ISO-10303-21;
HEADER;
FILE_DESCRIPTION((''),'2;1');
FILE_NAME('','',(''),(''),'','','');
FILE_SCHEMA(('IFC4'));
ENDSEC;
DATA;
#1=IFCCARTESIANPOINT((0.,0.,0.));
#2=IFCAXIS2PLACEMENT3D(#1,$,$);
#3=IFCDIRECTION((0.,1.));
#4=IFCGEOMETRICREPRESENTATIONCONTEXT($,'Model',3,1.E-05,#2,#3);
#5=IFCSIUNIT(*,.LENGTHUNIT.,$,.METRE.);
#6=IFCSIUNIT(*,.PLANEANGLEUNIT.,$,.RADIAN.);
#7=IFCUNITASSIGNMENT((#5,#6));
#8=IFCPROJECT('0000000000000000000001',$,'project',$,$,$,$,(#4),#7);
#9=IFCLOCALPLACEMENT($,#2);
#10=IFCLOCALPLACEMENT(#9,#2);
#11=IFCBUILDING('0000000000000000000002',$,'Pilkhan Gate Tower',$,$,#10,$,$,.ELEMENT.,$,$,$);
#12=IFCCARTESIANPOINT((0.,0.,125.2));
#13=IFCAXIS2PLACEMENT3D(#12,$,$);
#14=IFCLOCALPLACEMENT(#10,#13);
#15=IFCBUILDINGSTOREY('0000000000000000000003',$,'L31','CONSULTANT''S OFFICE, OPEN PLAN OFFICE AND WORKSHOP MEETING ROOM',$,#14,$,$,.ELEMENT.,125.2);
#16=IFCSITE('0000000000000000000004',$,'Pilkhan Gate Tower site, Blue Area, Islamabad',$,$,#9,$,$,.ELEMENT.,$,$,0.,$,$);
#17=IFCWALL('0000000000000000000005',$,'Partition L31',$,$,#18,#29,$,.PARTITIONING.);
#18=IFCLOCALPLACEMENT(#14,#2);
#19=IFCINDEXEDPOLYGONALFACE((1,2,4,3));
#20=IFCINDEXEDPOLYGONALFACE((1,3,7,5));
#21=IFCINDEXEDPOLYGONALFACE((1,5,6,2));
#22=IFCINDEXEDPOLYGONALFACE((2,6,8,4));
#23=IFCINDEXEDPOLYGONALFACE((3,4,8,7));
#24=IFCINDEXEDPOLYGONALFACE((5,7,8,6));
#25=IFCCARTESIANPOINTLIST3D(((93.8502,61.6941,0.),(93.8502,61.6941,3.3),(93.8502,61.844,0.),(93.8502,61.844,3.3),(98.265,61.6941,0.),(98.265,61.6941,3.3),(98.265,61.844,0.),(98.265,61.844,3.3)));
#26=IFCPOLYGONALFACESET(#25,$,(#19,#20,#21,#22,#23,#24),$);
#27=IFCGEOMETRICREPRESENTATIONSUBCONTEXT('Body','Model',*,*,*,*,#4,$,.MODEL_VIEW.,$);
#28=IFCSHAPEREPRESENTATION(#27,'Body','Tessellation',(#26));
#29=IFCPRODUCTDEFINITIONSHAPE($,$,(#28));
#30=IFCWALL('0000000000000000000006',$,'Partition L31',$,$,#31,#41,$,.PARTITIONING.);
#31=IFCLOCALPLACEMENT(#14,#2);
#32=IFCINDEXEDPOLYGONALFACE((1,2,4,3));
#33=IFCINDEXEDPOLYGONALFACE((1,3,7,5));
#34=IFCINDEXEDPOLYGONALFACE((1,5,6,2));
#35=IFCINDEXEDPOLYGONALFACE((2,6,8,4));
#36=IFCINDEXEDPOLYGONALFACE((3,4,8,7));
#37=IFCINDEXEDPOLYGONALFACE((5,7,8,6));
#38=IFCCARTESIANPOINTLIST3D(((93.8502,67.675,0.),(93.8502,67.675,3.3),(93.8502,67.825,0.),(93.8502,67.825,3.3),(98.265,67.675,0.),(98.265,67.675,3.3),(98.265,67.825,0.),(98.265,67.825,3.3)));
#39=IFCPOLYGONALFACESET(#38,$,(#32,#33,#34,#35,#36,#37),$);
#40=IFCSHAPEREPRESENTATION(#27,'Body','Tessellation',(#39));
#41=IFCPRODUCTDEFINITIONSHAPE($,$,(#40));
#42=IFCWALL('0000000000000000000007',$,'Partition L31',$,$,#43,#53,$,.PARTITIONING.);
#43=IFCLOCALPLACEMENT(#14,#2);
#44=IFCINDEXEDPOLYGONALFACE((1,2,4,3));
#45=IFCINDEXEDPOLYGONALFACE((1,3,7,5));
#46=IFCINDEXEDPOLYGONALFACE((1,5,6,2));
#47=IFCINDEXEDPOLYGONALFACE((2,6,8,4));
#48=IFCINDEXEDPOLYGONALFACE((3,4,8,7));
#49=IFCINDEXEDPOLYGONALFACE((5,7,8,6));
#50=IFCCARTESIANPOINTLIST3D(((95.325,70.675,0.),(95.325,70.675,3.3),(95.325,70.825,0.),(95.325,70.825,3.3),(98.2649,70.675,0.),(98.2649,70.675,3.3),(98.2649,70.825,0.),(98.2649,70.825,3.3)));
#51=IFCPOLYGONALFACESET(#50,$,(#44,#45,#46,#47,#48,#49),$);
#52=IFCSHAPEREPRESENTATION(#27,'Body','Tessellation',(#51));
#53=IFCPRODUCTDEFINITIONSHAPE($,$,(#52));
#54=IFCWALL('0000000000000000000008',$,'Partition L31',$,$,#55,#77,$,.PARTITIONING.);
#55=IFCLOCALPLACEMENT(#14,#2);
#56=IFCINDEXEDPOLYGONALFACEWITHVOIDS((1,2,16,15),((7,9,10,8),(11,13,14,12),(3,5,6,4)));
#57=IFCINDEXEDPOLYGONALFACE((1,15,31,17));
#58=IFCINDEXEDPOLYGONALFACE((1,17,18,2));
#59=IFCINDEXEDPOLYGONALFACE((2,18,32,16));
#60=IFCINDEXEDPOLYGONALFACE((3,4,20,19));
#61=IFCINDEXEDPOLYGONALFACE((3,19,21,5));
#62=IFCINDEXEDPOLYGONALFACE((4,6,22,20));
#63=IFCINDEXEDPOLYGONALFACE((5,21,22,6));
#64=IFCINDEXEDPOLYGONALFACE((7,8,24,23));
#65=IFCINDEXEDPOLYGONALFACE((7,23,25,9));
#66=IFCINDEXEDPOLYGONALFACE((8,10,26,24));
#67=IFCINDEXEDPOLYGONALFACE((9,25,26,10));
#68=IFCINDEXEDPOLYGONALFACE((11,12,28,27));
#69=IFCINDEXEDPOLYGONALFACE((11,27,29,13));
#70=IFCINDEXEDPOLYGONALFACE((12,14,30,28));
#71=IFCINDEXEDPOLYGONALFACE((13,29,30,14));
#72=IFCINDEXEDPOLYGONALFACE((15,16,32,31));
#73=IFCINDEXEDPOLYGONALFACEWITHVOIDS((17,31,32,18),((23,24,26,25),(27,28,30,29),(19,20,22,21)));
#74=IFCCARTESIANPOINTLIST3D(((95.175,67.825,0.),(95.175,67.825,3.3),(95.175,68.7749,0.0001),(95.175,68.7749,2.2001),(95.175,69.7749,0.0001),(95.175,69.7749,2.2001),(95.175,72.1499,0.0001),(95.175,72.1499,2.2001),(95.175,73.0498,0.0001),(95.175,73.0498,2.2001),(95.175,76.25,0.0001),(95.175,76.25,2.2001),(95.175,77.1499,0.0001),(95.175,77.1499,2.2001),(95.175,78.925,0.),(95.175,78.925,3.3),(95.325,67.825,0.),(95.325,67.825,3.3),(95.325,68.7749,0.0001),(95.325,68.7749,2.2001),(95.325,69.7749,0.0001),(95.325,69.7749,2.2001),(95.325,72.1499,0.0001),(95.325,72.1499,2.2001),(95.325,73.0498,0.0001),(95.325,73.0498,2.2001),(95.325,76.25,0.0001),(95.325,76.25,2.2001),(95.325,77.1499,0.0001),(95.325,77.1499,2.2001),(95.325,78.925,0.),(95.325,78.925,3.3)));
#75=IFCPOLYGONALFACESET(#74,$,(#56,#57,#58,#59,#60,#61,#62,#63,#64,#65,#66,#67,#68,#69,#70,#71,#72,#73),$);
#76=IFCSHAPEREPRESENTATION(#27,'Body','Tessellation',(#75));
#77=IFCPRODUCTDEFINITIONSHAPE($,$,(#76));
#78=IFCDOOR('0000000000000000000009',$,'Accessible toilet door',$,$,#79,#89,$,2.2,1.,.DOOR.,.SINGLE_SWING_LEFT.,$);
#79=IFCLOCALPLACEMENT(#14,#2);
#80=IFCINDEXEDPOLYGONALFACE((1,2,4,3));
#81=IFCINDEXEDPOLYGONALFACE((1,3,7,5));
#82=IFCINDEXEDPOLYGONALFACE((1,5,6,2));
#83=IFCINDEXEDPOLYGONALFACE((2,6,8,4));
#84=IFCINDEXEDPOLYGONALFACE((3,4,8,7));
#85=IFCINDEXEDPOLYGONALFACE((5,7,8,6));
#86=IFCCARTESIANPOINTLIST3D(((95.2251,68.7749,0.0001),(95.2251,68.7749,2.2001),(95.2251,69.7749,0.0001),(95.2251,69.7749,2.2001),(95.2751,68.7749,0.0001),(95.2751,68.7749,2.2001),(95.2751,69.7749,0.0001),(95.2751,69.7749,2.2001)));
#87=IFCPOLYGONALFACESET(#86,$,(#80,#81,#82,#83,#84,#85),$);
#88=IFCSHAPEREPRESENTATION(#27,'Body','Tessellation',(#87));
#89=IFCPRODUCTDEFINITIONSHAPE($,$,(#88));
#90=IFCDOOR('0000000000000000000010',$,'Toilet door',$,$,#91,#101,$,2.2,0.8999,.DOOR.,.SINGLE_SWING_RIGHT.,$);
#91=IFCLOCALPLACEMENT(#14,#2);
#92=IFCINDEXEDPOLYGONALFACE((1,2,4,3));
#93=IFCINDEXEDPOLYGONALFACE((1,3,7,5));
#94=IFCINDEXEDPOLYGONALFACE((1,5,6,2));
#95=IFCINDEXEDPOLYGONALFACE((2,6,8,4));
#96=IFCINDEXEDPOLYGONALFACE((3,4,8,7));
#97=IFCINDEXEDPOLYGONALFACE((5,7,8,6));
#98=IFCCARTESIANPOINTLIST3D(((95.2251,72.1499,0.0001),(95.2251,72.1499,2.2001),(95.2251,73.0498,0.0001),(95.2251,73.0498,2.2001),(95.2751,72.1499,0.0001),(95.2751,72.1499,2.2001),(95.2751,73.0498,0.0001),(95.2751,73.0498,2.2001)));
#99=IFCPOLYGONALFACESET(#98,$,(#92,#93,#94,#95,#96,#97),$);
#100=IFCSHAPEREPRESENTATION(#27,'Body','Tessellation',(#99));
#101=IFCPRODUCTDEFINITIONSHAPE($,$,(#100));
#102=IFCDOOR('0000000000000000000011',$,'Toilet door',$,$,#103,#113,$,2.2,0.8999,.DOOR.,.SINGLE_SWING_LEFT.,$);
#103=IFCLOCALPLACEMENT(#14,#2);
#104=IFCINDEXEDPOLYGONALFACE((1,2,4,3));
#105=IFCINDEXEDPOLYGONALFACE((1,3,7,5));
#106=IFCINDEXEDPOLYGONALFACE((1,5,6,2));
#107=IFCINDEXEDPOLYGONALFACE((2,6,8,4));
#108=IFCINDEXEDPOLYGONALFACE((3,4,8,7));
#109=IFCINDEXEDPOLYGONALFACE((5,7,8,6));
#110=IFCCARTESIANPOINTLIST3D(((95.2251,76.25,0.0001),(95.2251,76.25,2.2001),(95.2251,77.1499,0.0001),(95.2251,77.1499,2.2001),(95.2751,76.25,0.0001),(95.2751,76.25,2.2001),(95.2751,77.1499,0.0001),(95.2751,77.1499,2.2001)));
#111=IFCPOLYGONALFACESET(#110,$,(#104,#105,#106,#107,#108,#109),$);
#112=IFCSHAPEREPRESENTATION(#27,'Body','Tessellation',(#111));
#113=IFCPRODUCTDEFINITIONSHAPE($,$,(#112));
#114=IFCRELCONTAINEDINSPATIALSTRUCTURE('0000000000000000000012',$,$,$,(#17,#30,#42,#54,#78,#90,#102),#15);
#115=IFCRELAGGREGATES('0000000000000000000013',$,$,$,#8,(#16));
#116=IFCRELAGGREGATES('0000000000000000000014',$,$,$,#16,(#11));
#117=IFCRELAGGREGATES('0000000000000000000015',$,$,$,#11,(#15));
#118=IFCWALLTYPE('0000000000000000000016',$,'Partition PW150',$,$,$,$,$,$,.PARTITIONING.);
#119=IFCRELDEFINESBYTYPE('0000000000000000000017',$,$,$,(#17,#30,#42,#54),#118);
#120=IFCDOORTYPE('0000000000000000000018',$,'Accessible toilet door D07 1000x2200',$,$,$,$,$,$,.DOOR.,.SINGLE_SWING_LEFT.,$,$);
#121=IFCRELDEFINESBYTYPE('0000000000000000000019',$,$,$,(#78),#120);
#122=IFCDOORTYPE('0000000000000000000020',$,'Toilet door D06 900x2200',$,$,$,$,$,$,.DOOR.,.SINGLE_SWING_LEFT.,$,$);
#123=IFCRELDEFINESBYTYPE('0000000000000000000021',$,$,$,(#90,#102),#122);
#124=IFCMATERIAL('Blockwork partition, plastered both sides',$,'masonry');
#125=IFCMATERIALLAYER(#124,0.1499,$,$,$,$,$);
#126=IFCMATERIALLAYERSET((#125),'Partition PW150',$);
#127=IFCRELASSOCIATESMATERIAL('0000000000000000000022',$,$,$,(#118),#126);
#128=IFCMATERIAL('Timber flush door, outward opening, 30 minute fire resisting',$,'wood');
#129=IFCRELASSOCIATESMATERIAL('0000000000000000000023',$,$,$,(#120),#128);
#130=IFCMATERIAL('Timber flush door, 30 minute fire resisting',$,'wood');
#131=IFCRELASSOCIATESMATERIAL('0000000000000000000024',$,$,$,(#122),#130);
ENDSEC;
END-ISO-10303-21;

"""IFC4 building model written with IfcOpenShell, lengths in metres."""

from ifc_helpers import new_model, si_unit, direction, frame, frame_2d, origin, place, context, subcontext, project, spatial, rectangle, extrude, material, layer, layer_set, type_object, element, fill, save


model = new_model("IFC4")

# Units and contexts
model_context = context("Model", 3, precision=1e-05, world=origin(), true_north=direction((0.0, 1.0)))
body_context = subcontext(model_context, "Body", "Model", "MODEL_VIEW")
ifc_project = project(units=[si_unit("LENGTHUNIT", "METRE"), si_unit("PLANEANGLEUNIT", "RADIAN")], contexts=[model_context])

# Site, building, storey
site_placement = place(None, origin())
site = spatial("IfcSite", under=ifc_project, at=site_placement, Name="Pilkhan Gate Tower site, Blue Area, Islamabad", CompositionType="ELEMENT", RefElevation=0.0)
building_placement = place(site_placement, origin())
building = spatial("IfcBuilding", under=site, at=building_placement, Name="Pilkhan Gate Tower", CompositionType="ELEMENT")
storey_placement = place(building_placement, frame((0.0, 0.0, 125.2)))
storey = spatial("IfcBuildingStorey", under=building, at=storey_placement, Name="L31", Description="CONSULTANT'S OFFICE, OPEN PLAN OFFICE AND WORKSHOP MEETING ROOM", CompositionType="ELEMENT", Elevation=125.2)

# Walls
ifc_material_1 = material(Name="Blockwork partition, plastered both sides", Category="masonry")
ifc_layer_1 = layer(ifc_material_1, 0.1499)
ifc_layer_set_1 = layer_set([ifc_layer_1], Name="Partition PW150")
wall_type = type_object("IfcWallType", Name="Partition PW150", PredefinedType="PARTITIONING", material=ifc_layer_set_1)
for number, where, z_axis, x_axis, name in (
    (1, (93.8501, 61.769, 0.0), (0.0, 0.0, 1.0), (1.0, 0.0, 0.0), "Partition L31"),
    (2, (93.8501, 67.75, 0.0), (0.0, 0.0, 1.0), (1.0, 0.0, 0.0), "Partition L31"),
):
    element("IfcWall", number, at=place(storey_placement, frame(where, z_axis=z_axis, x_axis=x_axis)), inside=storey, type_object=wall_type, Name=name, PredefinedType="PARTITIONING", context=body_context, shape_type="SweptSolid", body=[
        extrude(rectangle(XDim=4.4148, YDim=0.1499, at=frame_2d((2.2075, 0.0))), origin(), (0.0, 0.0, 1.0), 3.3),
    ])
wall_1_placement = place(storey_placement, frame((95.325, 70.75, 0.0), z_axis=(0.0, 0.0, 1.0), x_axis=(1.0, 0.0, 0.0)))
element("IfcWall", 3, at=wall_1_placement, inside=storey, type_object=wall_type, Name="Partition L31", PredefinedType="PARTITIONING", context=body_context, shape_type="SweptSolid", body=[
    extrude(rectangle(XDim=2.9399, YDim=0.1499, at=frame_2d((1.47, 0.0))), origin(), (0.0, 0.0, 1.0), 3.3),
])

# Wall, openings, doors
wall_2_placement = place(storey_placement, frame((95.25, 67.825, 0.0), z_axis=(0.0, 0.0, 1.0), x_axis=(0.0, 1.0, 0.0)))
wall_2 = element("IfcWall", 4, at=wall_2_placement, inside=storey, type_object=wall_type, Name="Partition L31", PredefinedType="PARTITIONING", context=body_context, shape_type="SweptSolid", body=[
    extrude(rectangle(XDim=11.1001, YDim=0.1499, at=frame_2d((5.55, 0.0))), origin(), (0.0, 0.0, 1.0), 3.3),
])
opening_1_placement = place(wall_2_placement, frame((0.95, 0.0, 0.0)))
opening_1 = element("IfcOpeningElement", 5, at=opening_1_placement, cuts=wall_2, PredefinedType="OPENING", context=body_context, shape_type="SweptSolid", body=[
    extrude(rectangle(XDim=1.0, YDim=2.2, at=frame_2d((0.5, 1.1001))), frame((0.0, 0.085, 0.0), z_axis=(0.0, -1.0, 0.0), x_axis=(1.0, 0.0, 0.0)), (0.0, 0.0, 1.0), 0.1699),
])
opening_2_placement = place(wall_2_placement, frame((4.325, 0.0, 0.0)))
opening_2 = element("IfcOpeningElement", 6, at=opening_2_placement, cuts=wall_2, PredefinedType="OPENING", context=body_context, shape_type="SweptSolid", body=[
    extrude(rectangle(XDim=0.8999, YDim=2.2, at=frame_2d((0.45, 1.1001))), frame((0.0, 0.085, 0.0), z_axis=(0.0, -1.0, 0.0), x_axis=(1.0, 0.0, 0.0)), (0.0, 0.0, 1.0), 0.1699),
])
opening_3_placement = place(wall_2_placement, frame((8.425, 0.0, 0.0)))
opening_3 = element("IfcOpeningElement", 7, at=opening_3_placement, cuts=wall_2, PredefinedType="OPENING", context=body_context, shape_type="SweptSolid", body=[
    extrude(rectangle(XDim=0.8999, YDim=2.2, at=frame_2d((0.45, 1.1001))), frame((0.0, 0.085, 0.0), z_axis=(0.0, -1.0, 0.0), x_axis=(1.0, 0.0, 0.0)), (0.0, 0.0, 1.0), 0.1699),
])
ifc_material_2 = material(Name="Timber flush door, outward opening, 30 minute fire resisting", Category="wood")
door_type_1 = type_object("IfcDoorType", Name="Accessible toilet door D07 1000x2200", OperationType="SINGLE_SWING_LEFT", PredefinedType="DOOR", material=ifc_material_2)
door_1_placement = place(opening_1_placement, origin())
door_1 = element("IfcDoor", 8, at=door_1_placement, inside=storey, type_object=door_type_1, Name="Accessible toilet door", OperationType="SINGLE_SWING_LEFT", OverallHeight=2.2, OverallWidth=1.0, PredefinedType="DOOR", context=body_context, shape_type="SweptSolid", body=[
    extrude(rectangle(XDim=1.0, YDim=2.2, at=frame_2d((0.5, 1.1001))), frame((0.0, 0.0249, 0.0), z_axis=(0.0, -1.0, 0.0), x_axis=(1.0, 0.0, 0.0)), (0.0, 0.0, 1.0), 0.05),
])
fill(opening_1, door_1)
ifc_material_3 = material(Name="Timber flush door, 30 minute fire resisting", Category="wood")
door_type_2 = type_object("IfcDoorType", Name="Toilet door D06 900x2200", OperationType="SINGLE_SWING_LEFT", PredefinedType="DOOR", material=ifc_material_3)
door_2_placement = place(opening_2_placement, origin())
door_2 = element("IfcDoor", 9, at=door_2_placement, inside=storey, type_object=door_type_2, Name="Toilet door", OperationType="SINGLE_SWING_RIGHT", OverallHeight=2.2, OverallWidth=0.8999, PredefinedType="DOOR", context=body_context, shape_type="SweptSolid", body=[
    extrude(rectangle(XDim=0.8999, YDim=2.2, at=frame_2d((0.45, 1.1001))), frame((0.0, 0.0249, 0.0), z_axis=(0.0, -1.0, 0.0), x_axis=(1.0, 0.0, 0.0)), (0.0, 0.0, 1.0), 0.05),
])
fill(opening_2, door_2)
door_3_placement = place(opening_3_placement, origin())
door_3 = element("IfcDoor", 10, at=door_3_placement, inside=storey, type_object=door_type_2, Name="Toilet door", OperationType="SINGLE_SWING_LEFT", OverallHeight=2.2, OverallWidth=0.8999, PredefinedType="DOOR", context=body_context, shape_type="SweptSolid", body=[
    extrude(rectangle(XDim=0.8999, YDim=2.2, at=frame_2d((0.45, 1.1001))), frame((0.0, 0.0249, 0.0), z_axis=(0.0, -1.0, 0.0), x_axis=(1.0, 0.0, 0.0)), (0.0, 0.0, 1.0), 0.05),
])
fill(opening_3, door_3)

save(model, "model.ifc")
